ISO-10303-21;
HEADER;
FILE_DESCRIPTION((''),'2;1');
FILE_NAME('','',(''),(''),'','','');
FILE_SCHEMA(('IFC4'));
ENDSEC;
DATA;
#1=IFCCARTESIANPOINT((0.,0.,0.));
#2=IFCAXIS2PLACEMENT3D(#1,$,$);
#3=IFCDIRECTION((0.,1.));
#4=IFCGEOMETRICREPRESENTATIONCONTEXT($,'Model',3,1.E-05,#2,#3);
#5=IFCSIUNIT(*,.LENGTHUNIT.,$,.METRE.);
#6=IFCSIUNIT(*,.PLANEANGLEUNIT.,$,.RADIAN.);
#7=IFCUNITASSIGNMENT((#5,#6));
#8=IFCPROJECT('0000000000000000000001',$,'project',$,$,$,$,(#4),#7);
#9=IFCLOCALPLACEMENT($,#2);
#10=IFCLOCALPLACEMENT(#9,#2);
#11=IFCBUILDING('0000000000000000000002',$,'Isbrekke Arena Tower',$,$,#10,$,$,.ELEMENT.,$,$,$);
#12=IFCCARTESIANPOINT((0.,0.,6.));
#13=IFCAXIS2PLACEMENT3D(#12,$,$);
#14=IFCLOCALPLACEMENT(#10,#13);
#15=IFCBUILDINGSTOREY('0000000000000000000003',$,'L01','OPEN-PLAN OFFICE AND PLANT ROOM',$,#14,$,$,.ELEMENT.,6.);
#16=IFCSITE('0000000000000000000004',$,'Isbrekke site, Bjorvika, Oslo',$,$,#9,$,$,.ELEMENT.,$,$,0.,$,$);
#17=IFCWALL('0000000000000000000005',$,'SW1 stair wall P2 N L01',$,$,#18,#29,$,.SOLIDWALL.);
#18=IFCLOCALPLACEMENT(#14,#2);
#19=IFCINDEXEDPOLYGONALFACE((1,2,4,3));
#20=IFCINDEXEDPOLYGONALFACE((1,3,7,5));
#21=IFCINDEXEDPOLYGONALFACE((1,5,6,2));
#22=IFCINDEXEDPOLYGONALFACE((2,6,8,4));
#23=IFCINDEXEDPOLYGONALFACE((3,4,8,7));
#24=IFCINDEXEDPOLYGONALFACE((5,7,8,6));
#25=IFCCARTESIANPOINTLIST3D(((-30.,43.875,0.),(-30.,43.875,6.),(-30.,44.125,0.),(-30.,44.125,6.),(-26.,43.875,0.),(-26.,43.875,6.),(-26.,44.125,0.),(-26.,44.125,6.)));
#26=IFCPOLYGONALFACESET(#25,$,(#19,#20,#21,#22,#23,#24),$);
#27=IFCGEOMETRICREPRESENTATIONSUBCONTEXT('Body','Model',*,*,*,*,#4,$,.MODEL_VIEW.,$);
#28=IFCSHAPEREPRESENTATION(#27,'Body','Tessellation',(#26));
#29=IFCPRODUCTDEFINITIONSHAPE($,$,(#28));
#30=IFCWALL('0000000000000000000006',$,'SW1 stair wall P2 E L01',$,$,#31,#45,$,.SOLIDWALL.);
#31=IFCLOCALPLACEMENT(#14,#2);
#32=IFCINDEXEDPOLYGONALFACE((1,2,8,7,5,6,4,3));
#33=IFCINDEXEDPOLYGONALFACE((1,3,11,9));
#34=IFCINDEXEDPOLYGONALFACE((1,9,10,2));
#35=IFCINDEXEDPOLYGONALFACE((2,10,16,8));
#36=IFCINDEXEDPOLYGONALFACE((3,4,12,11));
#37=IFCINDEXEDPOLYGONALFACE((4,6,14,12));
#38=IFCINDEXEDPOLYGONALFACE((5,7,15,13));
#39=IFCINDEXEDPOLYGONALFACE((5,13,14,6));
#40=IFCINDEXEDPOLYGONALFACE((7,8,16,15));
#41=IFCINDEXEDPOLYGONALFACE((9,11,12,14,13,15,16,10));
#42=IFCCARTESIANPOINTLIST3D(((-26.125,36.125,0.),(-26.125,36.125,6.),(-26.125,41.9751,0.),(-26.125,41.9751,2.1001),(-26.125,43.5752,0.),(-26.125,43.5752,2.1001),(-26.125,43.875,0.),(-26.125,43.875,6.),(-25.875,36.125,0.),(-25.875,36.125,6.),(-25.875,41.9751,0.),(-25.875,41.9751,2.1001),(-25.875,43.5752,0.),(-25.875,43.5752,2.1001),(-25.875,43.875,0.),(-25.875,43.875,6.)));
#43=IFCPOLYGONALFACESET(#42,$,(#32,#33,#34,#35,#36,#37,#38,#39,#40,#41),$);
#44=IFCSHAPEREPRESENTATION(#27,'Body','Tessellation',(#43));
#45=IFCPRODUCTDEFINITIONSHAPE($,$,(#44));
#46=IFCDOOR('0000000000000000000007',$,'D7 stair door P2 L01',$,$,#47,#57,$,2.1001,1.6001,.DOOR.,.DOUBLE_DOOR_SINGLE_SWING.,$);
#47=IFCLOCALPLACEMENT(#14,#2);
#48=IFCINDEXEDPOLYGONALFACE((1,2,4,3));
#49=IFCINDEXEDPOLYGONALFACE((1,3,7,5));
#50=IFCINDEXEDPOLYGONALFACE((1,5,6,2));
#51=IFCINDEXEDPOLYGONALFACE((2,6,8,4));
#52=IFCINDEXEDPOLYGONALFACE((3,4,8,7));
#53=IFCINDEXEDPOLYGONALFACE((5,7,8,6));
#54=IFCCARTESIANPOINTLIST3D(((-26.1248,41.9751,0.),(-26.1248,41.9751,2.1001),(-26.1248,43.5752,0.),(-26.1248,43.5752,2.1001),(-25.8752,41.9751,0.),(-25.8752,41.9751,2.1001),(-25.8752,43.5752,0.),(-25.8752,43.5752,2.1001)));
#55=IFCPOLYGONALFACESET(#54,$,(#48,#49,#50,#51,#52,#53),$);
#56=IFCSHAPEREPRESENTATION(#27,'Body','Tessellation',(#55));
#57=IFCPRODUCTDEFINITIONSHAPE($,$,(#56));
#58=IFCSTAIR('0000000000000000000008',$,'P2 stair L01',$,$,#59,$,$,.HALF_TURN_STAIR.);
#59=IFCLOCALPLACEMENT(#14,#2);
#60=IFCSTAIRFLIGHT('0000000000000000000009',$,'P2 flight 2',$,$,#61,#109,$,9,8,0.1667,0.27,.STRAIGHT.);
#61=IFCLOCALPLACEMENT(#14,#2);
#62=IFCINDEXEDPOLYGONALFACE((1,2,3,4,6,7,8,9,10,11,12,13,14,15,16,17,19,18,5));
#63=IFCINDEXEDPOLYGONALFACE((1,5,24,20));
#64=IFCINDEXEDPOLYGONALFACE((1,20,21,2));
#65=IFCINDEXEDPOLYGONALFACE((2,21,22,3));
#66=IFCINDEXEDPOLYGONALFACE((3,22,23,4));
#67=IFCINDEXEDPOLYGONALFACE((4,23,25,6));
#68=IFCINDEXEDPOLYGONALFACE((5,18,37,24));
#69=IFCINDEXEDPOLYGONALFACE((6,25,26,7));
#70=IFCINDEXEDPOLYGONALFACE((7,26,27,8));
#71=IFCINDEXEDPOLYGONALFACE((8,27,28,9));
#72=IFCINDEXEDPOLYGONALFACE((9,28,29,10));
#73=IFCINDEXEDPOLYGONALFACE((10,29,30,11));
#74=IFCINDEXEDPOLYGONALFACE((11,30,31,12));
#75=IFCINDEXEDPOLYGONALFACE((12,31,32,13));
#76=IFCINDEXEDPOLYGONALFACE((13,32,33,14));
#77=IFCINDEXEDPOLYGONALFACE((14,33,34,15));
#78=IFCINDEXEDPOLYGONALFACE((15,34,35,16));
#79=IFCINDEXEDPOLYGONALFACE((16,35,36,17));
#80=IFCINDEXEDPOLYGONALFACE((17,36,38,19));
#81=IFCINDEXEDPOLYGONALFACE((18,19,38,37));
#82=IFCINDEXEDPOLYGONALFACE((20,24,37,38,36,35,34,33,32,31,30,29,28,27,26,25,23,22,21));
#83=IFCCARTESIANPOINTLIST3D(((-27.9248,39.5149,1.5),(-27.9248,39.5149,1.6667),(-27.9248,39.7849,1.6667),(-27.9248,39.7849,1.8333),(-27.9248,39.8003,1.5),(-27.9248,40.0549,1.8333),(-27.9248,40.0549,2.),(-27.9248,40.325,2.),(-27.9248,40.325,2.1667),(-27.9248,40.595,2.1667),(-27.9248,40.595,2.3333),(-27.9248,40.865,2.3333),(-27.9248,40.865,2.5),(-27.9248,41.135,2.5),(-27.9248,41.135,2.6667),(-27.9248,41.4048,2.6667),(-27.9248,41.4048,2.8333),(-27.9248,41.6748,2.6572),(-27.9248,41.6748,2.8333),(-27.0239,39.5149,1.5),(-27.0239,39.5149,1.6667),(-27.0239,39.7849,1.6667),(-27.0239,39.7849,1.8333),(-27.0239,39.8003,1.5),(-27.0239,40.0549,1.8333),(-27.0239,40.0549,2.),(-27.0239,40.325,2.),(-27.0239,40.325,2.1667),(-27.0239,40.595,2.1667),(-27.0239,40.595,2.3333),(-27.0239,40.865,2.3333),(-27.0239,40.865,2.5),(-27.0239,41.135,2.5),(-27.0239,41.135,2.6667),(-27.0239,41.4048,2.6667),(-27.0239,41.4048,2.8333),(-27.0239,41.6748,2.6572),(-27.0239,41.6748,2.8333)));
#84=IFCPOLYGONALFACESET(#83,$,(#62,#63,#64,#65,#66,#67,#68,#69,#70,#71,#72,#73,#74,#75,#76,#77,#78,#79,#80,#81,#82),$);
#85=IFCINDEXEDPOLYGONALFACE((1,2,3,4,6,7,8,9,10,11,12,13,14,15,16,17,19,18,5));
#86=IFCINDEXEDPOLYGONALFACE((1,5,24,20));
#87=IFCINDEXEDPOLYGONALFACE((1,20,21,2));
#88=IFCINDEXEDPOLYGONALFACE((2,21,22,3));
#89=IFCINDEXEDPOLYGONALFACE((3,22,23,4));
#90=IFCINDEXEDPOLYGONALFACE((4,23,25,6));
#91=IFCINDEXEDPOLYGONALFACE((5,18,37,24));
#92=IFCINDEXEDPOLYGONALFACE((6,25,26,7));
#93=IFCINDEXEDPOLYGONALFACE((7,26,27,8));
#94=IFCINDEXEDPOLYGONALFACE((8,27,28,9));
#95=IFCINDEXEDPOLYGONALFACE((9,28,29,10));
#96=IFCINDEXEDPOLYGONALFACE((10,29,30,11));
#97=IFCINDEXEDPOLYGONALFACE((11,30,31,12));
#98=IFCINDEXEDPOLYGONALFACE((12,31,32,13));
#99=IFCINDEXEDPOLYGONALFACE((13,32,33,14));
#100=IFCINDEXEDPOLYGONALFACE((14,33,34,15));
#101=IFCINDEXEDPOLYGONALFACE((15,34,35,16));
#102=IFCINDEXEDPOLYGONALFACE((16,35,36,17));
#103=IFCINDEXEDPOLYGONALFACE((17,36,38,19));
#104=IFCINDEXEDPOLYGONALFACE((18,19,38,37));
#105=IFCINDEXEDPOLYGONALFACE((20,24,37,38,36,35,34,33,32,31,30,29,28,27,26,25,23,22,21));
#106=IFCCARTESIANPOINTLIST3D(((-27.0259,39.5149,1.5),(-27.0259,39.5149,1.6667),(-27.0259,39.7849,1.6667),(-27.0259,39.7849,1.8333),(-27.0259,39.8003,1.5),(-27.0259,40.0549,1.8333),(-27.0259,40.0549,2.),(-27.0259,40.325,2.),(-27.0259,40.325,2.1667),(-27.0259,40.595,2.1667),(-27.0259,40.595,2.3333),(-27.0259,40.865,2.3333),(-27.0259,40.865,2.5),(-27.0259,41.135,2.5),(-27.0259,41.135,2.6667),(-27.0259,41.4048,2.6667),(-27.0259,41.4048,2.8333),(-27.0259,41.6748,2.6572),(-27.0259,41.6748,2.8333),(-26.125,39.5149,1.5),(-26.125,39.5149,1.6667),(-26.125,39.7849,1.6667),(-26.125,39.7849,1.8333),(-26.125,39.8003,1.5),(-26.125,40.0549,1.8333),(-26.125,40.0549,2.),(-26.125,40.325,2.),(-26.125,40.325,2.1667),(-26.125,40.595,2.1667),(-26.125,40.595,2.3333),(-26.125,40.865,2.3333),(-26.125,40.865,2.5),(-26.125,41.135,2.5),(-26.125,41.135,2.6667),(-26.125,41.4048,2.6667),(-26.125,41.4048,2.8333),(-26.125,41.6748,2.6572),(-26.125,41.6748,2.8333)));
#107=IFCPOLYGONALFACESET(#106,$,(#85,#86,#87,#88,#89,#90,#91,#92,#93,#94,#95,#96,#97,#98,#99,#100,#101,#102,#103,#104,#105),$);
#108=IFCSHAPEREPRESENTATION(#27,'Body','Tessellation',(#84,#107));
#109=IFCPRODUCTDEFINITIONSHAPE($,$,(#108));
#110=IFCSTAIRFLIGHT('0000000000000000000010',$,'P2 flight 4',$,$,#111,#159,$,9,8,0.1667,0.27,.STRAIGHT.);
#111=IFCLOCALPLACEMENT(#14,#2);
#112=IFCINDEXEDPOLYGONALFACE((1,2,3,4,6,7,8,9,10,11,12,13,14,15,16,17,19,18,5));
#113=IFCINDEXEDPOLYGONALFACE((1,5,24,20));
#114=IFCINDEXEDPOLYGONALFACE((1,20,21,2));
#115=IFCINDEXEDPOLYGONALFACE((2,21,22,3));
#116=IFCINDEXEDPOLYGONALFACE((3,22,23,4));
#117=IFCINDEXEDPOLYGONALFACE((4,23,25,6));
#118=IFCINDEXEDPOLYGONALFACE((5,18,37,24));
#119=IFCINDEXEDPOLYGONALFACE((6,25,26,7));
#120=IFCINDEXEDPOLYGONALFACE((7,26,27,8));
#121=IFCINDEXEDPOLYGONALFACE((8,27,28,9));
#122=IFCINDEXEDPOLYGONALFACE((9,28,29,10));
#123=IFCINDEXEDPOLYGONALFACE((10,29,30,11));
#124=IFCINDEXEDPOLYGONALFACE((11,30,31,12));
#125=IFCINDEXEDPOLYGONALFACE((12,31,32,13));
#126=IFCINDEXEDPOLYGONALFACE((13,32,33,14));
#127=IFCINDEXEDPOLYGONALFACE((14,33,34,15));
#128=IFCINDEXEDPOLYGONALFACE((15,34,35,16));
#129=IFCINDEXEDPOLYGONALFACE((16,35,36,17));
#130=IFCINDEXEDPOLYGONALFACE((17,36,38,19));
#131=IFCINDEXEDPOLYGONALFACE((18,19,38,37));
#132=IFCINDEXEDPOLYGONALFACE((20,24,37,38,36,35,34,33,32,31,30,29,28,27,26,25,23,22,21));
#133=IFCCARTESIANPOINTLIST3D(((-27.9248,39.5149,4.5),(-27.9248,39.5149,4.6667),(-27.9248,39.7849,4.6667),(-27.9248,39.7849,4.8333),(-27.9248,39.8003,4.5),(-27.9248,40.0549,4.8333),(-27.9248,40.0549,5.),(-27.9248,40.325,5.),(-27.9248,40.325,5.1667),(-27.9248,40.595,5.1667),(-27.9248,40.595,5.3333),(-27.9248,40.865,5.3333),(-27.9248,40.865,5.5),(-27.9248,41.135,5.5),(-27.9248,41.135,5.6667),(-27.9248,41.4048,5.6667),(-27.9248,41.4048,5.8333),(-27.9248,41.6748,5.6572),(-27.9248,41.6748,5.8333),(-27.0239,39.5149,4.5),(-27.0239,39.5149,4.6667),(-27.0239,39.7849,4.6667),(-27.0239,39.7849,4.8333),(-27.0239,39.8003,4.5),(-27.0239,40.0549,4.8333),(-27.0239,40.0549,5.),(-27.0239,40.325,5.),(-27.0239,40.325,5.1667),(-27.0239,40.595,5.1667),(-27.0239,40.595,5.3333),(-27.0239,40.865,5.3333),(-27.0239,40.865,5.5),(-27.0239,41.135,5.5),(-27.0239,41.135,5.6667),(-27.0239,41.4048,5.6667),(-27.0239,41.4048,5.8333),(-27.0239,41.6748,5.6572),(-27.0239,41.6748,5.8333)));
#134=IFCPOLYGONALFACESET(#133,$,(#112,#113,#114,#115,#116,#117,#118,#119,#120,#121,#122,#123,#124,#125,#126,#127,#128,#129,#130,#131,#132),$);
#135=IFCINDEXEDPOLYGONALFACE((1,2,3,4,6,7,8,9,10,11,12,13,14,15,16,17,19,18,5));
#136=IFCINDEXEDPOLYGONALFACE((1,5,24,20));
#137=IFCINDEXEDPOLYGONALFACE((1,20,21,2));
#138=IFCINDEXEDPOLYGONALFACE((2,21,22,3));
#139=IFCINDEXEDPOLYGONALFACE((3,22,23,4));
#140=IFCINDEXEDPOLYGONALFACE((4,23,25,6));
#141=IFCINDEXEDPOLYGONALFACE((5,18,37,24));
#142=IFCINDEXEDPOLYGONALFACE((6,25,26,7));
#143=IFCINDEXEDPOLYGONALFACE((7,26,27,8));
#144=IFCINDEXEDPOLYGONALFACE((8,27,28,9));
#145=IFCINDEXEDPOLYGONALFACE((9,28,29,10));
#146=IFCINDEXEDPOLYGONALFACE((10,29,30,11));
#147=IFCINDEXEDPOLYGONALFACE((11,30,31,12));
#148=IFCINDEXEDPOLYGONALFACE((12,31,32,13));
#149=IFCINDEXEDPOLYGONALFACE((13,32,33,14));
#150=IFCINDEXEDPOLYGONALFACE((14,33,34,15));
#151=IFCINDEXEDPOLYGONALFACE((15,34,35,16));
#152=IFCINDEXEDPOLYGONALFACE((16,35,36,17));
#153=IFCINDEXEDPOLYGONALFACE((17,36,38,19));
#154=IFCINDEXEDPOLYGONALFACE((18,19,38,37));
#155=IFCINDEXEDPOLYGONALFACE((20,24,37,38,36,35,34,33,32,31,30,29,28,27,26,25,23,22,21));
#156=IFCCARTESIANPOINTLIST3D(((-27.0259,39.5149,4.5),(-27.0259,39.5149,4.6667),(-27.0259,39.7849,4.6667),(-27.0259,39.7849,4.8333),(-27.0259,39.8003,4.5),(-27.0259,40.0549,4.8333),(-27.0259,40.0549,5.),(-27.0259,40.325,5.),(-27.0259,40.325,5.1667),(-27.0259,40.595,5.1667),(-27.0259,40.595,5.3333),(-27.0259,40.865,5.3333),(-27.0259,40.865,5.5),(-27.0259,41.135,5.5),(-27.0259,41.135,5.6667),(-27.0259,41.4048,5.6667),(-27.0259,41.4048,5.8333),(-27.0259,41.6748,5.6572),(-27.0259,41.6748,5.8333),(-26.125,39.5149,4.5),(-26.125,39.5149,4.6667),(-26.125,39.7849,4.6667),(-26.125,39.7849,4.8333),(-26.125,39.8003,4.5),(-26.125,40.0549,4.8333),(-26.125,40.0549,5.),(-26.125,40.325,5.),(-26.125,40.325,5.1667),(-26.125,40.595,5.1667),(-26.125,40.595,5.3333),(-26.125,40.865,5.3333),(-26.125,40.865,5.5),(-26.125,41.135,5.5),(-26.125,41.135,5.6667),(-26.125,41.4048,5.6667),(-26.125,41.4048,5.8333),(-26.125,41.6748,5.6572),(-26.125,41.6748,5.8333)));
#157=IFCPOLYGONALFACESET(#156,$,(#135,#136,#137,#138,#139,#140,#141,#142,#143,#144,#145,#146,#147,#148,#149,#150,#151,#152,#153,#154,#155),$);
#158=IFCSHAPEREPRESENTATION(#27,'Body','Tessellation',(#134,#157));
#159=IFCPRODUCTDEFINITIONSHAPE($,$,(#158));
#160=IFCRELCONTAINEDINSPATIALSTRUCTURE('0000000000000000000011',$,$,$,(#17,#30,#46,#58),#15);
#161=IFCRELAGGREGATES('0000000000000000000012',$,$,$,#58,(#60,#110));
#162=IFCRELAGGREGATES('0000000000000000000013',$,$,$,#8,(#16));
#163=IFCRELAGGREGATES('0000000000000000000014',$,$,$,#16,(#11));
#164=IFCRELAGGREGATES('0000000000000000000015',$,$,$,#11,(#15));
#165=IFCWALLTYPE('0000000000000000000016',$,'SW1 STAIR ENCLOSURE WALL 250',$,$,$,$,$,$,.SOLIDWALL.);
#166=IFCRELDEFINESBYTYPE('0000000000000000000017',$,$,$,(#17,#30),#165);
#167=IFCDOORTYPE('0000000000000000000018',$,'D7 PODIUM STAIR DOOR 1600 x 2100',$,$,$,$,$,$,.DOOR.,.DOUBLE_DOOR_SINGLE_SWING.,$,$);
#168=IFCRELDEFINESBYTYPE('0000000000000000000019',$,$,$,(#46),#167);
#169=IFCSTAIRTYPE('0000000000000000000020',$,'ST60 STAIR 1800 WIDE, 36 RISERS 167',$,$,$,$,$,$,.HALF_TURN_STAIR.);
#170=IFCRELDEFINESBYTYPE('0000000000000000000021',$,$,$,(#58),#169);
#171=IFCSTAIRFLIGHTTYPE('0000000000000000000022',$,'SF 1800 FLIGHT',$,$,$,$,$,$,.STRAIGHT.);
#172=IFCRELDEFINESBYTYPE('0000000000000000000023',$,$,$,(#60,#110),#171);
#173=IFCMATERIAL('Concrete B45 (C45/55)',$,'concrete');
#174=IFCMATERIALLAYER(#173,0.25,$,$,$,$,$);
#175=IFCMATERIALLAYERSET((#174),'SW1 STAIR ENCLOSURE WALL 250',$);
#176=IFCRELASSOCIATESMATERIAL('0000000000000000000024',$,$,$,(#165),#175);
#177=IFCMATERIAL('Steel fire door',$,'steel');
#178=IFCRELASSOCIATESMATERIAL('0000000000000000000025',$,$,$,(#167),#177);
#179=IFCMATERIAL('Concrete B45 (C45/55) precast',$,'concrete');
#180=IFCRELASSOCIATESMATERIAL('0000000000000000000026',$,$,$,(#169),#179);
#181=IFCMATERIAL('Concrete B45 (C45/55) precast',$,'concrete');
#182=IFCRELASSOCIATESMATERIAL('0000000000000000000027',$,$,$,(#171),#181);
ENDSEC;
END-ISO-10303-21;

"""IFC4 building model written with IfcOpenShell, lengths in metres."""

from ifc_helpers import new_model, si_unit, direction, frame, frame_2d, origin, place, context, subcontext, project, spatial, polyline, rectangle, outline, extrude, material, layer, layer_set, type_object, element, fill, aggregate, save


model = new_model("IFC4")

# Units and contexts
model_context = context("Model", 3, precision=1e-05, world=origin(), true_north=direction((0.0, 1.0)))
body_context = subcontext(model_context, "Body", "Model", "MODEL_VIEW")
ifc_project = project(units=[si_unit("LENGTHUNIT", "METRE"), si_unit("PLANEANGLEUNIT", "RADIAN")], contexts=[model_context])

# Site, building, storey
site_placement = place(None, origin())
site = spatial("IfcSite", under=ifc_project, at=site_placement, Name="Isbrekke site, Bjorvika, Oslo", CompositionType="ELEMENT", RefElevation=0.0)
building_placement = place(site_placement, origin())
building = spatial("IfcBuilding", under=site, at=building_placement, Name="Isbrekke Arena Tower", CompositionType="ELEMENT")
storey_placement = place(building_placement, frame((0.0, 0.0, 6.0)))
storey = spatial("IfcBuildingStorey", under=building, at=storey_placement, Name="L01", Description="OPEN-PLAN OFFICE AND PLANT ROOM", CompositionType="ELEMENT", Elevation=6.0)

# Wall
ifc_material_1 = material(Name="Concrete B45 (C45/55)", Category="concrete")
ifc_layer_1 = layer(ifc_material_1, 0.25)
ifc_layer_set_1 = layer_set([ifc_layer_1], Name="SW1 STAIR ENCLOSURE WALL 250")
wall_type_1 = type_object("IfcWallType", Name="SW1 STAIR ENCLOSURE WALL 250", PredefinedType="SOLIDWALL", material=ifc_layer_set_1)
wall_1_placement = place(storey_placement, frame((-26.0, 44.0, 0.0), z_axis=(0.0, 0.0, 1.0), x_axis=(-1.0, 0.0, 0.0)))
element("IfcWall", 1, at=wall_1_placement, inside=storey, type_object=wall_type_1, Name="SW1 stair wall P2 N L01", PredefinedType="SOLIDWALL", context=body_context, shape_type="SweptSolid", body=[
    extrude(rectangle(XDim=4.0, YDim=0.25, at=frame_2d((2.0, 0.0))), origin(), (0.0, 0.0, 1.0), 6.0),
])

# Wall, opening, door
wall_2_placement = place(storey_placement, frame((-26.0, 36.125, 0.0), z_axis=(0.0, 0.0, 1.0), x_axis=(0.0, 1.0, 0.0)))
wall_2 = element("IfcWall", 2, at=wall_2_placement, inside=storey, type_object=wall_type_1, Name="SW1 stair wall P2 E L01", PredefinedType="SOLIDWALL", context=body_context, shape_type="SweptSolid", body=[
    extrude(rectangle(XDim=7.75, YDim=0.25, at=frame_2d((3.875, 0.0))), origin(), (0.0, 0.0, 1.0), 6.0),
])
opening_placement = place(wall_2_placement, frame((5.8501, 0.0, 0.0)))
opening = element("IfcOpeningElement", 3, at=opening_placement, cuts=wall_2, PredefinedType="OPENING", context=body_context, shape_type="SweptSolid", body=[
    extrude(rectangle(XDim=1.6001, YDim=2.1001, at=frame_2d((0.8, 1.05))), frame((0.0, 0.1399, 0.0), z_axis=(0.0, -1.0, 0.0), x_axis=(1.0, 0.0, 0.0)), (0.0, 0.0, 1.0), 0.2798),
])
ifc_material_2 = material(Name="Steel fire door", Category="steel")
door_type = type_object("IfcDoorType", Name="D7 PODIUM STAIR DOOR 1600 x 2100", OperationType="DOUBLE_DOOR_SINGLE_SWING", PredefinedType="DOOR", material=ifc_material_2)
door_placement = place(opening_placement, origin())
door = element("IfcDoor", 4, at=door_placement, inside=storey, type_object=door_type, Name="D7 stair door P2 L01", OperationType="DOUBLE_DOOR_SINGLE_SWING", OverallHeight=2.1001, OverallWidth=1.6001, PredefinedType="DOOR", context=body_context, shape_type="SweptSolid", body=[
    extrude(rectangle(XDim=1.6001, YDim=2.1001, at=frame_2d((0.8, 1.05))), frame((0.0, 0.1248, 0.0), z_axis=(0.0, -1.0, 0.0), x_axis=(1.0, 0.0, 0.0)), (0.0, 0.0, 1.0), 0.2495),
])
fill(opening, door)

# Stair, stair flights
ifc_material_3 = material(Name="Concrete B45 (C45/55) precast", Category="concrete")
stair_type = type_object("IfcStairType", Name="ST60 STAIR 1800 WIDE, 36 RISERS 167", PredefinedType="HALF_TURN_STAIR", material=ifc_material_3)
stair_placement = place(storey_placement, origin())
stair = element("IfcStair", 5, at=stair_placement, inside=storey, type_object=stair_type, Name="P2 stair L01", PredefinedType="HALF_TURN_STAIR")
ifc_material_4 = material(Name="Concrete B45 (C45/55) precast", Category="concrete")
stair_flight_type = type_object("IfcStairFlightType", Name="SF 1800 FLIGHT", PredefinedType="STRAIGHT", material=ifc_material_4)
stair_flight_1_placement = place(storey_placement, frame((-27.0249, 39.5149, 1.5), z_axis=(0.0, 0.0, 1.0), x_axis=(0.0, 1.0, 0.0)))
stair_flight_1 = element("IfcStairFlight", 6, at=stair_flight_1_placement, type_object=stair_flight_type, Name="P2 flight 2", NumberOfRisers=9, NumberOfTreads=8, PredefinedType="STRAIGHT", RiserHeight=0.1667, TreadLength=0.27, context=body_context, shape_type="SweptSolid", body=[
    extrude(outline(polyline([(0.0, 0.0), (0.0, 0.1667), (0.27, 0.1667), (0.27, 0.3333), (0.54, 0.3333), (0.54, 0.5), (0.8101, 0.5), (0.8101, 0.6667), (1.0801, 0.6667), (1.0801, 0.8333), (1.3501, 0.8333), (1.3501, 1.0), (1.6201, 1.0), (1.6201, 1.1667), (1.8899, 1.1667), (1.8899, 1.3333), (2.1599, 1.3333), (2.1599, 1.5), (2.1599, 1.1572), (0.2854, 0.0), (0.0, 0.0)])), frame((0.0, 0.8999, 0.0), z_axis=(0.0, -1.0, 0.0), x_axis=(1.0, 0.0, 0.0)), (0.0, 0.0, 1.0), 0.9009),
    extrude(outline(polyline([(0.0, 0.0), (0.0, 0.1667), (0.27, 0.1667), (0.27, 0.3333), (0.54, 0.3333), (0.54, 0.5), (0.8101, 0.5), (0.8101, 0.6667), (1.0801, 0.6667), (1.0801, 0.8333), (1.3501, 0.8333), (1.3501, 1.0), (1.6201, 1.0), (1.6201, 1.1667), (1.8899, 1.1667), (1.8899, 1.3333), (2.1599, 1.3333), (2.1599, 1.5), (2.1599, 1.1572), (0.2854, 0.0), (0.0, 0.0)])), frame((0.0, 0.001, 0.0), z_axis=(0.0, -1.0, 0.0), x_axis=(1.0, 0.0, 0.0)), (0.0, 0.0, 1.0), 0.9009),
])
stair_flight_2_placement = place(storey_placement, frame((-27.0249, 39.5149, 4.5), z_axis=(0.0, 0.0, 1.0), x_axis=(0.0, 1.0, 0.0)))
stair_flight_2 = element("IfcStairFlight", 7, at=stair_flight_2_placement, type_object=stair_flight_type, Name="P2 flight 4", NumberOfRisers=9, NumberOfTreads=8, PredefinedType="STRAIGHT", RiserHeight=0.1667, TreadLength=0.27, context=body_context, shape_type="SweptSolid", body=[
    extrude(outline(polyline([(0.0, 0.0), (0.0, 0.1667), (0.27, 0.1667), (0.27, 0.3333), (0.54, 0.3333), (0.54, 0.5), (0.8101, 0.5), (0.8101, 0.6667), (1.0801, 0.6667), (1.0801, 0.8333), (1.3501, 0.8333), (1.3501, 1.0), (1.6201, 1.0), (1.6201, 1.1667), (1.8899, 1.1667), (1.8899, 1.3333), (2.1599, 1.3333), (2.1599, 1.5), (2.1599, 1.1572), (0.2854, 0.0), (0.0, 0.0)])), frame((0.0, 0.8999, 0.0), z_axis=(0.0, -1.0, 0.0), x_axis=(1.0, 0.0, 0.0)), (0.0, 0.0, 1.0), 0.9009),
    extrude(outline(polyline([(0.0, 0.0), (0.0, 0.1667), (0.27, 0.1667), (0.27, 0.3333), (0.54, 0.3333), (0.54, 0.5), (0.8101, 0.5), (0.8101, 0.6667), (1.0801, 0.6667), (1.0801, 0.8333), (1.3501, 0.8333), (1.3501, 1.0), (1.6201, 1.0), (1.6201, 1.1667), (1.8899, 1.1667), (1.8899, 1.3333), (2.1599, 1.3333), (2.1599, 1.5), (2.1599, 1.1572), (0.2854, 0.0), (0.0, 0.0)])), frame((0.0, 0.001, 0.0), z_axis=(0.0, -1.0, 0.0), x_axis=(1.0, 0.0, 0.0)), (0.0, 0.0, 1.0), 0.9009),
])
aggregate(stair, [stair_flight_1, stair_flight_2])

save(model, "model.ifc")
